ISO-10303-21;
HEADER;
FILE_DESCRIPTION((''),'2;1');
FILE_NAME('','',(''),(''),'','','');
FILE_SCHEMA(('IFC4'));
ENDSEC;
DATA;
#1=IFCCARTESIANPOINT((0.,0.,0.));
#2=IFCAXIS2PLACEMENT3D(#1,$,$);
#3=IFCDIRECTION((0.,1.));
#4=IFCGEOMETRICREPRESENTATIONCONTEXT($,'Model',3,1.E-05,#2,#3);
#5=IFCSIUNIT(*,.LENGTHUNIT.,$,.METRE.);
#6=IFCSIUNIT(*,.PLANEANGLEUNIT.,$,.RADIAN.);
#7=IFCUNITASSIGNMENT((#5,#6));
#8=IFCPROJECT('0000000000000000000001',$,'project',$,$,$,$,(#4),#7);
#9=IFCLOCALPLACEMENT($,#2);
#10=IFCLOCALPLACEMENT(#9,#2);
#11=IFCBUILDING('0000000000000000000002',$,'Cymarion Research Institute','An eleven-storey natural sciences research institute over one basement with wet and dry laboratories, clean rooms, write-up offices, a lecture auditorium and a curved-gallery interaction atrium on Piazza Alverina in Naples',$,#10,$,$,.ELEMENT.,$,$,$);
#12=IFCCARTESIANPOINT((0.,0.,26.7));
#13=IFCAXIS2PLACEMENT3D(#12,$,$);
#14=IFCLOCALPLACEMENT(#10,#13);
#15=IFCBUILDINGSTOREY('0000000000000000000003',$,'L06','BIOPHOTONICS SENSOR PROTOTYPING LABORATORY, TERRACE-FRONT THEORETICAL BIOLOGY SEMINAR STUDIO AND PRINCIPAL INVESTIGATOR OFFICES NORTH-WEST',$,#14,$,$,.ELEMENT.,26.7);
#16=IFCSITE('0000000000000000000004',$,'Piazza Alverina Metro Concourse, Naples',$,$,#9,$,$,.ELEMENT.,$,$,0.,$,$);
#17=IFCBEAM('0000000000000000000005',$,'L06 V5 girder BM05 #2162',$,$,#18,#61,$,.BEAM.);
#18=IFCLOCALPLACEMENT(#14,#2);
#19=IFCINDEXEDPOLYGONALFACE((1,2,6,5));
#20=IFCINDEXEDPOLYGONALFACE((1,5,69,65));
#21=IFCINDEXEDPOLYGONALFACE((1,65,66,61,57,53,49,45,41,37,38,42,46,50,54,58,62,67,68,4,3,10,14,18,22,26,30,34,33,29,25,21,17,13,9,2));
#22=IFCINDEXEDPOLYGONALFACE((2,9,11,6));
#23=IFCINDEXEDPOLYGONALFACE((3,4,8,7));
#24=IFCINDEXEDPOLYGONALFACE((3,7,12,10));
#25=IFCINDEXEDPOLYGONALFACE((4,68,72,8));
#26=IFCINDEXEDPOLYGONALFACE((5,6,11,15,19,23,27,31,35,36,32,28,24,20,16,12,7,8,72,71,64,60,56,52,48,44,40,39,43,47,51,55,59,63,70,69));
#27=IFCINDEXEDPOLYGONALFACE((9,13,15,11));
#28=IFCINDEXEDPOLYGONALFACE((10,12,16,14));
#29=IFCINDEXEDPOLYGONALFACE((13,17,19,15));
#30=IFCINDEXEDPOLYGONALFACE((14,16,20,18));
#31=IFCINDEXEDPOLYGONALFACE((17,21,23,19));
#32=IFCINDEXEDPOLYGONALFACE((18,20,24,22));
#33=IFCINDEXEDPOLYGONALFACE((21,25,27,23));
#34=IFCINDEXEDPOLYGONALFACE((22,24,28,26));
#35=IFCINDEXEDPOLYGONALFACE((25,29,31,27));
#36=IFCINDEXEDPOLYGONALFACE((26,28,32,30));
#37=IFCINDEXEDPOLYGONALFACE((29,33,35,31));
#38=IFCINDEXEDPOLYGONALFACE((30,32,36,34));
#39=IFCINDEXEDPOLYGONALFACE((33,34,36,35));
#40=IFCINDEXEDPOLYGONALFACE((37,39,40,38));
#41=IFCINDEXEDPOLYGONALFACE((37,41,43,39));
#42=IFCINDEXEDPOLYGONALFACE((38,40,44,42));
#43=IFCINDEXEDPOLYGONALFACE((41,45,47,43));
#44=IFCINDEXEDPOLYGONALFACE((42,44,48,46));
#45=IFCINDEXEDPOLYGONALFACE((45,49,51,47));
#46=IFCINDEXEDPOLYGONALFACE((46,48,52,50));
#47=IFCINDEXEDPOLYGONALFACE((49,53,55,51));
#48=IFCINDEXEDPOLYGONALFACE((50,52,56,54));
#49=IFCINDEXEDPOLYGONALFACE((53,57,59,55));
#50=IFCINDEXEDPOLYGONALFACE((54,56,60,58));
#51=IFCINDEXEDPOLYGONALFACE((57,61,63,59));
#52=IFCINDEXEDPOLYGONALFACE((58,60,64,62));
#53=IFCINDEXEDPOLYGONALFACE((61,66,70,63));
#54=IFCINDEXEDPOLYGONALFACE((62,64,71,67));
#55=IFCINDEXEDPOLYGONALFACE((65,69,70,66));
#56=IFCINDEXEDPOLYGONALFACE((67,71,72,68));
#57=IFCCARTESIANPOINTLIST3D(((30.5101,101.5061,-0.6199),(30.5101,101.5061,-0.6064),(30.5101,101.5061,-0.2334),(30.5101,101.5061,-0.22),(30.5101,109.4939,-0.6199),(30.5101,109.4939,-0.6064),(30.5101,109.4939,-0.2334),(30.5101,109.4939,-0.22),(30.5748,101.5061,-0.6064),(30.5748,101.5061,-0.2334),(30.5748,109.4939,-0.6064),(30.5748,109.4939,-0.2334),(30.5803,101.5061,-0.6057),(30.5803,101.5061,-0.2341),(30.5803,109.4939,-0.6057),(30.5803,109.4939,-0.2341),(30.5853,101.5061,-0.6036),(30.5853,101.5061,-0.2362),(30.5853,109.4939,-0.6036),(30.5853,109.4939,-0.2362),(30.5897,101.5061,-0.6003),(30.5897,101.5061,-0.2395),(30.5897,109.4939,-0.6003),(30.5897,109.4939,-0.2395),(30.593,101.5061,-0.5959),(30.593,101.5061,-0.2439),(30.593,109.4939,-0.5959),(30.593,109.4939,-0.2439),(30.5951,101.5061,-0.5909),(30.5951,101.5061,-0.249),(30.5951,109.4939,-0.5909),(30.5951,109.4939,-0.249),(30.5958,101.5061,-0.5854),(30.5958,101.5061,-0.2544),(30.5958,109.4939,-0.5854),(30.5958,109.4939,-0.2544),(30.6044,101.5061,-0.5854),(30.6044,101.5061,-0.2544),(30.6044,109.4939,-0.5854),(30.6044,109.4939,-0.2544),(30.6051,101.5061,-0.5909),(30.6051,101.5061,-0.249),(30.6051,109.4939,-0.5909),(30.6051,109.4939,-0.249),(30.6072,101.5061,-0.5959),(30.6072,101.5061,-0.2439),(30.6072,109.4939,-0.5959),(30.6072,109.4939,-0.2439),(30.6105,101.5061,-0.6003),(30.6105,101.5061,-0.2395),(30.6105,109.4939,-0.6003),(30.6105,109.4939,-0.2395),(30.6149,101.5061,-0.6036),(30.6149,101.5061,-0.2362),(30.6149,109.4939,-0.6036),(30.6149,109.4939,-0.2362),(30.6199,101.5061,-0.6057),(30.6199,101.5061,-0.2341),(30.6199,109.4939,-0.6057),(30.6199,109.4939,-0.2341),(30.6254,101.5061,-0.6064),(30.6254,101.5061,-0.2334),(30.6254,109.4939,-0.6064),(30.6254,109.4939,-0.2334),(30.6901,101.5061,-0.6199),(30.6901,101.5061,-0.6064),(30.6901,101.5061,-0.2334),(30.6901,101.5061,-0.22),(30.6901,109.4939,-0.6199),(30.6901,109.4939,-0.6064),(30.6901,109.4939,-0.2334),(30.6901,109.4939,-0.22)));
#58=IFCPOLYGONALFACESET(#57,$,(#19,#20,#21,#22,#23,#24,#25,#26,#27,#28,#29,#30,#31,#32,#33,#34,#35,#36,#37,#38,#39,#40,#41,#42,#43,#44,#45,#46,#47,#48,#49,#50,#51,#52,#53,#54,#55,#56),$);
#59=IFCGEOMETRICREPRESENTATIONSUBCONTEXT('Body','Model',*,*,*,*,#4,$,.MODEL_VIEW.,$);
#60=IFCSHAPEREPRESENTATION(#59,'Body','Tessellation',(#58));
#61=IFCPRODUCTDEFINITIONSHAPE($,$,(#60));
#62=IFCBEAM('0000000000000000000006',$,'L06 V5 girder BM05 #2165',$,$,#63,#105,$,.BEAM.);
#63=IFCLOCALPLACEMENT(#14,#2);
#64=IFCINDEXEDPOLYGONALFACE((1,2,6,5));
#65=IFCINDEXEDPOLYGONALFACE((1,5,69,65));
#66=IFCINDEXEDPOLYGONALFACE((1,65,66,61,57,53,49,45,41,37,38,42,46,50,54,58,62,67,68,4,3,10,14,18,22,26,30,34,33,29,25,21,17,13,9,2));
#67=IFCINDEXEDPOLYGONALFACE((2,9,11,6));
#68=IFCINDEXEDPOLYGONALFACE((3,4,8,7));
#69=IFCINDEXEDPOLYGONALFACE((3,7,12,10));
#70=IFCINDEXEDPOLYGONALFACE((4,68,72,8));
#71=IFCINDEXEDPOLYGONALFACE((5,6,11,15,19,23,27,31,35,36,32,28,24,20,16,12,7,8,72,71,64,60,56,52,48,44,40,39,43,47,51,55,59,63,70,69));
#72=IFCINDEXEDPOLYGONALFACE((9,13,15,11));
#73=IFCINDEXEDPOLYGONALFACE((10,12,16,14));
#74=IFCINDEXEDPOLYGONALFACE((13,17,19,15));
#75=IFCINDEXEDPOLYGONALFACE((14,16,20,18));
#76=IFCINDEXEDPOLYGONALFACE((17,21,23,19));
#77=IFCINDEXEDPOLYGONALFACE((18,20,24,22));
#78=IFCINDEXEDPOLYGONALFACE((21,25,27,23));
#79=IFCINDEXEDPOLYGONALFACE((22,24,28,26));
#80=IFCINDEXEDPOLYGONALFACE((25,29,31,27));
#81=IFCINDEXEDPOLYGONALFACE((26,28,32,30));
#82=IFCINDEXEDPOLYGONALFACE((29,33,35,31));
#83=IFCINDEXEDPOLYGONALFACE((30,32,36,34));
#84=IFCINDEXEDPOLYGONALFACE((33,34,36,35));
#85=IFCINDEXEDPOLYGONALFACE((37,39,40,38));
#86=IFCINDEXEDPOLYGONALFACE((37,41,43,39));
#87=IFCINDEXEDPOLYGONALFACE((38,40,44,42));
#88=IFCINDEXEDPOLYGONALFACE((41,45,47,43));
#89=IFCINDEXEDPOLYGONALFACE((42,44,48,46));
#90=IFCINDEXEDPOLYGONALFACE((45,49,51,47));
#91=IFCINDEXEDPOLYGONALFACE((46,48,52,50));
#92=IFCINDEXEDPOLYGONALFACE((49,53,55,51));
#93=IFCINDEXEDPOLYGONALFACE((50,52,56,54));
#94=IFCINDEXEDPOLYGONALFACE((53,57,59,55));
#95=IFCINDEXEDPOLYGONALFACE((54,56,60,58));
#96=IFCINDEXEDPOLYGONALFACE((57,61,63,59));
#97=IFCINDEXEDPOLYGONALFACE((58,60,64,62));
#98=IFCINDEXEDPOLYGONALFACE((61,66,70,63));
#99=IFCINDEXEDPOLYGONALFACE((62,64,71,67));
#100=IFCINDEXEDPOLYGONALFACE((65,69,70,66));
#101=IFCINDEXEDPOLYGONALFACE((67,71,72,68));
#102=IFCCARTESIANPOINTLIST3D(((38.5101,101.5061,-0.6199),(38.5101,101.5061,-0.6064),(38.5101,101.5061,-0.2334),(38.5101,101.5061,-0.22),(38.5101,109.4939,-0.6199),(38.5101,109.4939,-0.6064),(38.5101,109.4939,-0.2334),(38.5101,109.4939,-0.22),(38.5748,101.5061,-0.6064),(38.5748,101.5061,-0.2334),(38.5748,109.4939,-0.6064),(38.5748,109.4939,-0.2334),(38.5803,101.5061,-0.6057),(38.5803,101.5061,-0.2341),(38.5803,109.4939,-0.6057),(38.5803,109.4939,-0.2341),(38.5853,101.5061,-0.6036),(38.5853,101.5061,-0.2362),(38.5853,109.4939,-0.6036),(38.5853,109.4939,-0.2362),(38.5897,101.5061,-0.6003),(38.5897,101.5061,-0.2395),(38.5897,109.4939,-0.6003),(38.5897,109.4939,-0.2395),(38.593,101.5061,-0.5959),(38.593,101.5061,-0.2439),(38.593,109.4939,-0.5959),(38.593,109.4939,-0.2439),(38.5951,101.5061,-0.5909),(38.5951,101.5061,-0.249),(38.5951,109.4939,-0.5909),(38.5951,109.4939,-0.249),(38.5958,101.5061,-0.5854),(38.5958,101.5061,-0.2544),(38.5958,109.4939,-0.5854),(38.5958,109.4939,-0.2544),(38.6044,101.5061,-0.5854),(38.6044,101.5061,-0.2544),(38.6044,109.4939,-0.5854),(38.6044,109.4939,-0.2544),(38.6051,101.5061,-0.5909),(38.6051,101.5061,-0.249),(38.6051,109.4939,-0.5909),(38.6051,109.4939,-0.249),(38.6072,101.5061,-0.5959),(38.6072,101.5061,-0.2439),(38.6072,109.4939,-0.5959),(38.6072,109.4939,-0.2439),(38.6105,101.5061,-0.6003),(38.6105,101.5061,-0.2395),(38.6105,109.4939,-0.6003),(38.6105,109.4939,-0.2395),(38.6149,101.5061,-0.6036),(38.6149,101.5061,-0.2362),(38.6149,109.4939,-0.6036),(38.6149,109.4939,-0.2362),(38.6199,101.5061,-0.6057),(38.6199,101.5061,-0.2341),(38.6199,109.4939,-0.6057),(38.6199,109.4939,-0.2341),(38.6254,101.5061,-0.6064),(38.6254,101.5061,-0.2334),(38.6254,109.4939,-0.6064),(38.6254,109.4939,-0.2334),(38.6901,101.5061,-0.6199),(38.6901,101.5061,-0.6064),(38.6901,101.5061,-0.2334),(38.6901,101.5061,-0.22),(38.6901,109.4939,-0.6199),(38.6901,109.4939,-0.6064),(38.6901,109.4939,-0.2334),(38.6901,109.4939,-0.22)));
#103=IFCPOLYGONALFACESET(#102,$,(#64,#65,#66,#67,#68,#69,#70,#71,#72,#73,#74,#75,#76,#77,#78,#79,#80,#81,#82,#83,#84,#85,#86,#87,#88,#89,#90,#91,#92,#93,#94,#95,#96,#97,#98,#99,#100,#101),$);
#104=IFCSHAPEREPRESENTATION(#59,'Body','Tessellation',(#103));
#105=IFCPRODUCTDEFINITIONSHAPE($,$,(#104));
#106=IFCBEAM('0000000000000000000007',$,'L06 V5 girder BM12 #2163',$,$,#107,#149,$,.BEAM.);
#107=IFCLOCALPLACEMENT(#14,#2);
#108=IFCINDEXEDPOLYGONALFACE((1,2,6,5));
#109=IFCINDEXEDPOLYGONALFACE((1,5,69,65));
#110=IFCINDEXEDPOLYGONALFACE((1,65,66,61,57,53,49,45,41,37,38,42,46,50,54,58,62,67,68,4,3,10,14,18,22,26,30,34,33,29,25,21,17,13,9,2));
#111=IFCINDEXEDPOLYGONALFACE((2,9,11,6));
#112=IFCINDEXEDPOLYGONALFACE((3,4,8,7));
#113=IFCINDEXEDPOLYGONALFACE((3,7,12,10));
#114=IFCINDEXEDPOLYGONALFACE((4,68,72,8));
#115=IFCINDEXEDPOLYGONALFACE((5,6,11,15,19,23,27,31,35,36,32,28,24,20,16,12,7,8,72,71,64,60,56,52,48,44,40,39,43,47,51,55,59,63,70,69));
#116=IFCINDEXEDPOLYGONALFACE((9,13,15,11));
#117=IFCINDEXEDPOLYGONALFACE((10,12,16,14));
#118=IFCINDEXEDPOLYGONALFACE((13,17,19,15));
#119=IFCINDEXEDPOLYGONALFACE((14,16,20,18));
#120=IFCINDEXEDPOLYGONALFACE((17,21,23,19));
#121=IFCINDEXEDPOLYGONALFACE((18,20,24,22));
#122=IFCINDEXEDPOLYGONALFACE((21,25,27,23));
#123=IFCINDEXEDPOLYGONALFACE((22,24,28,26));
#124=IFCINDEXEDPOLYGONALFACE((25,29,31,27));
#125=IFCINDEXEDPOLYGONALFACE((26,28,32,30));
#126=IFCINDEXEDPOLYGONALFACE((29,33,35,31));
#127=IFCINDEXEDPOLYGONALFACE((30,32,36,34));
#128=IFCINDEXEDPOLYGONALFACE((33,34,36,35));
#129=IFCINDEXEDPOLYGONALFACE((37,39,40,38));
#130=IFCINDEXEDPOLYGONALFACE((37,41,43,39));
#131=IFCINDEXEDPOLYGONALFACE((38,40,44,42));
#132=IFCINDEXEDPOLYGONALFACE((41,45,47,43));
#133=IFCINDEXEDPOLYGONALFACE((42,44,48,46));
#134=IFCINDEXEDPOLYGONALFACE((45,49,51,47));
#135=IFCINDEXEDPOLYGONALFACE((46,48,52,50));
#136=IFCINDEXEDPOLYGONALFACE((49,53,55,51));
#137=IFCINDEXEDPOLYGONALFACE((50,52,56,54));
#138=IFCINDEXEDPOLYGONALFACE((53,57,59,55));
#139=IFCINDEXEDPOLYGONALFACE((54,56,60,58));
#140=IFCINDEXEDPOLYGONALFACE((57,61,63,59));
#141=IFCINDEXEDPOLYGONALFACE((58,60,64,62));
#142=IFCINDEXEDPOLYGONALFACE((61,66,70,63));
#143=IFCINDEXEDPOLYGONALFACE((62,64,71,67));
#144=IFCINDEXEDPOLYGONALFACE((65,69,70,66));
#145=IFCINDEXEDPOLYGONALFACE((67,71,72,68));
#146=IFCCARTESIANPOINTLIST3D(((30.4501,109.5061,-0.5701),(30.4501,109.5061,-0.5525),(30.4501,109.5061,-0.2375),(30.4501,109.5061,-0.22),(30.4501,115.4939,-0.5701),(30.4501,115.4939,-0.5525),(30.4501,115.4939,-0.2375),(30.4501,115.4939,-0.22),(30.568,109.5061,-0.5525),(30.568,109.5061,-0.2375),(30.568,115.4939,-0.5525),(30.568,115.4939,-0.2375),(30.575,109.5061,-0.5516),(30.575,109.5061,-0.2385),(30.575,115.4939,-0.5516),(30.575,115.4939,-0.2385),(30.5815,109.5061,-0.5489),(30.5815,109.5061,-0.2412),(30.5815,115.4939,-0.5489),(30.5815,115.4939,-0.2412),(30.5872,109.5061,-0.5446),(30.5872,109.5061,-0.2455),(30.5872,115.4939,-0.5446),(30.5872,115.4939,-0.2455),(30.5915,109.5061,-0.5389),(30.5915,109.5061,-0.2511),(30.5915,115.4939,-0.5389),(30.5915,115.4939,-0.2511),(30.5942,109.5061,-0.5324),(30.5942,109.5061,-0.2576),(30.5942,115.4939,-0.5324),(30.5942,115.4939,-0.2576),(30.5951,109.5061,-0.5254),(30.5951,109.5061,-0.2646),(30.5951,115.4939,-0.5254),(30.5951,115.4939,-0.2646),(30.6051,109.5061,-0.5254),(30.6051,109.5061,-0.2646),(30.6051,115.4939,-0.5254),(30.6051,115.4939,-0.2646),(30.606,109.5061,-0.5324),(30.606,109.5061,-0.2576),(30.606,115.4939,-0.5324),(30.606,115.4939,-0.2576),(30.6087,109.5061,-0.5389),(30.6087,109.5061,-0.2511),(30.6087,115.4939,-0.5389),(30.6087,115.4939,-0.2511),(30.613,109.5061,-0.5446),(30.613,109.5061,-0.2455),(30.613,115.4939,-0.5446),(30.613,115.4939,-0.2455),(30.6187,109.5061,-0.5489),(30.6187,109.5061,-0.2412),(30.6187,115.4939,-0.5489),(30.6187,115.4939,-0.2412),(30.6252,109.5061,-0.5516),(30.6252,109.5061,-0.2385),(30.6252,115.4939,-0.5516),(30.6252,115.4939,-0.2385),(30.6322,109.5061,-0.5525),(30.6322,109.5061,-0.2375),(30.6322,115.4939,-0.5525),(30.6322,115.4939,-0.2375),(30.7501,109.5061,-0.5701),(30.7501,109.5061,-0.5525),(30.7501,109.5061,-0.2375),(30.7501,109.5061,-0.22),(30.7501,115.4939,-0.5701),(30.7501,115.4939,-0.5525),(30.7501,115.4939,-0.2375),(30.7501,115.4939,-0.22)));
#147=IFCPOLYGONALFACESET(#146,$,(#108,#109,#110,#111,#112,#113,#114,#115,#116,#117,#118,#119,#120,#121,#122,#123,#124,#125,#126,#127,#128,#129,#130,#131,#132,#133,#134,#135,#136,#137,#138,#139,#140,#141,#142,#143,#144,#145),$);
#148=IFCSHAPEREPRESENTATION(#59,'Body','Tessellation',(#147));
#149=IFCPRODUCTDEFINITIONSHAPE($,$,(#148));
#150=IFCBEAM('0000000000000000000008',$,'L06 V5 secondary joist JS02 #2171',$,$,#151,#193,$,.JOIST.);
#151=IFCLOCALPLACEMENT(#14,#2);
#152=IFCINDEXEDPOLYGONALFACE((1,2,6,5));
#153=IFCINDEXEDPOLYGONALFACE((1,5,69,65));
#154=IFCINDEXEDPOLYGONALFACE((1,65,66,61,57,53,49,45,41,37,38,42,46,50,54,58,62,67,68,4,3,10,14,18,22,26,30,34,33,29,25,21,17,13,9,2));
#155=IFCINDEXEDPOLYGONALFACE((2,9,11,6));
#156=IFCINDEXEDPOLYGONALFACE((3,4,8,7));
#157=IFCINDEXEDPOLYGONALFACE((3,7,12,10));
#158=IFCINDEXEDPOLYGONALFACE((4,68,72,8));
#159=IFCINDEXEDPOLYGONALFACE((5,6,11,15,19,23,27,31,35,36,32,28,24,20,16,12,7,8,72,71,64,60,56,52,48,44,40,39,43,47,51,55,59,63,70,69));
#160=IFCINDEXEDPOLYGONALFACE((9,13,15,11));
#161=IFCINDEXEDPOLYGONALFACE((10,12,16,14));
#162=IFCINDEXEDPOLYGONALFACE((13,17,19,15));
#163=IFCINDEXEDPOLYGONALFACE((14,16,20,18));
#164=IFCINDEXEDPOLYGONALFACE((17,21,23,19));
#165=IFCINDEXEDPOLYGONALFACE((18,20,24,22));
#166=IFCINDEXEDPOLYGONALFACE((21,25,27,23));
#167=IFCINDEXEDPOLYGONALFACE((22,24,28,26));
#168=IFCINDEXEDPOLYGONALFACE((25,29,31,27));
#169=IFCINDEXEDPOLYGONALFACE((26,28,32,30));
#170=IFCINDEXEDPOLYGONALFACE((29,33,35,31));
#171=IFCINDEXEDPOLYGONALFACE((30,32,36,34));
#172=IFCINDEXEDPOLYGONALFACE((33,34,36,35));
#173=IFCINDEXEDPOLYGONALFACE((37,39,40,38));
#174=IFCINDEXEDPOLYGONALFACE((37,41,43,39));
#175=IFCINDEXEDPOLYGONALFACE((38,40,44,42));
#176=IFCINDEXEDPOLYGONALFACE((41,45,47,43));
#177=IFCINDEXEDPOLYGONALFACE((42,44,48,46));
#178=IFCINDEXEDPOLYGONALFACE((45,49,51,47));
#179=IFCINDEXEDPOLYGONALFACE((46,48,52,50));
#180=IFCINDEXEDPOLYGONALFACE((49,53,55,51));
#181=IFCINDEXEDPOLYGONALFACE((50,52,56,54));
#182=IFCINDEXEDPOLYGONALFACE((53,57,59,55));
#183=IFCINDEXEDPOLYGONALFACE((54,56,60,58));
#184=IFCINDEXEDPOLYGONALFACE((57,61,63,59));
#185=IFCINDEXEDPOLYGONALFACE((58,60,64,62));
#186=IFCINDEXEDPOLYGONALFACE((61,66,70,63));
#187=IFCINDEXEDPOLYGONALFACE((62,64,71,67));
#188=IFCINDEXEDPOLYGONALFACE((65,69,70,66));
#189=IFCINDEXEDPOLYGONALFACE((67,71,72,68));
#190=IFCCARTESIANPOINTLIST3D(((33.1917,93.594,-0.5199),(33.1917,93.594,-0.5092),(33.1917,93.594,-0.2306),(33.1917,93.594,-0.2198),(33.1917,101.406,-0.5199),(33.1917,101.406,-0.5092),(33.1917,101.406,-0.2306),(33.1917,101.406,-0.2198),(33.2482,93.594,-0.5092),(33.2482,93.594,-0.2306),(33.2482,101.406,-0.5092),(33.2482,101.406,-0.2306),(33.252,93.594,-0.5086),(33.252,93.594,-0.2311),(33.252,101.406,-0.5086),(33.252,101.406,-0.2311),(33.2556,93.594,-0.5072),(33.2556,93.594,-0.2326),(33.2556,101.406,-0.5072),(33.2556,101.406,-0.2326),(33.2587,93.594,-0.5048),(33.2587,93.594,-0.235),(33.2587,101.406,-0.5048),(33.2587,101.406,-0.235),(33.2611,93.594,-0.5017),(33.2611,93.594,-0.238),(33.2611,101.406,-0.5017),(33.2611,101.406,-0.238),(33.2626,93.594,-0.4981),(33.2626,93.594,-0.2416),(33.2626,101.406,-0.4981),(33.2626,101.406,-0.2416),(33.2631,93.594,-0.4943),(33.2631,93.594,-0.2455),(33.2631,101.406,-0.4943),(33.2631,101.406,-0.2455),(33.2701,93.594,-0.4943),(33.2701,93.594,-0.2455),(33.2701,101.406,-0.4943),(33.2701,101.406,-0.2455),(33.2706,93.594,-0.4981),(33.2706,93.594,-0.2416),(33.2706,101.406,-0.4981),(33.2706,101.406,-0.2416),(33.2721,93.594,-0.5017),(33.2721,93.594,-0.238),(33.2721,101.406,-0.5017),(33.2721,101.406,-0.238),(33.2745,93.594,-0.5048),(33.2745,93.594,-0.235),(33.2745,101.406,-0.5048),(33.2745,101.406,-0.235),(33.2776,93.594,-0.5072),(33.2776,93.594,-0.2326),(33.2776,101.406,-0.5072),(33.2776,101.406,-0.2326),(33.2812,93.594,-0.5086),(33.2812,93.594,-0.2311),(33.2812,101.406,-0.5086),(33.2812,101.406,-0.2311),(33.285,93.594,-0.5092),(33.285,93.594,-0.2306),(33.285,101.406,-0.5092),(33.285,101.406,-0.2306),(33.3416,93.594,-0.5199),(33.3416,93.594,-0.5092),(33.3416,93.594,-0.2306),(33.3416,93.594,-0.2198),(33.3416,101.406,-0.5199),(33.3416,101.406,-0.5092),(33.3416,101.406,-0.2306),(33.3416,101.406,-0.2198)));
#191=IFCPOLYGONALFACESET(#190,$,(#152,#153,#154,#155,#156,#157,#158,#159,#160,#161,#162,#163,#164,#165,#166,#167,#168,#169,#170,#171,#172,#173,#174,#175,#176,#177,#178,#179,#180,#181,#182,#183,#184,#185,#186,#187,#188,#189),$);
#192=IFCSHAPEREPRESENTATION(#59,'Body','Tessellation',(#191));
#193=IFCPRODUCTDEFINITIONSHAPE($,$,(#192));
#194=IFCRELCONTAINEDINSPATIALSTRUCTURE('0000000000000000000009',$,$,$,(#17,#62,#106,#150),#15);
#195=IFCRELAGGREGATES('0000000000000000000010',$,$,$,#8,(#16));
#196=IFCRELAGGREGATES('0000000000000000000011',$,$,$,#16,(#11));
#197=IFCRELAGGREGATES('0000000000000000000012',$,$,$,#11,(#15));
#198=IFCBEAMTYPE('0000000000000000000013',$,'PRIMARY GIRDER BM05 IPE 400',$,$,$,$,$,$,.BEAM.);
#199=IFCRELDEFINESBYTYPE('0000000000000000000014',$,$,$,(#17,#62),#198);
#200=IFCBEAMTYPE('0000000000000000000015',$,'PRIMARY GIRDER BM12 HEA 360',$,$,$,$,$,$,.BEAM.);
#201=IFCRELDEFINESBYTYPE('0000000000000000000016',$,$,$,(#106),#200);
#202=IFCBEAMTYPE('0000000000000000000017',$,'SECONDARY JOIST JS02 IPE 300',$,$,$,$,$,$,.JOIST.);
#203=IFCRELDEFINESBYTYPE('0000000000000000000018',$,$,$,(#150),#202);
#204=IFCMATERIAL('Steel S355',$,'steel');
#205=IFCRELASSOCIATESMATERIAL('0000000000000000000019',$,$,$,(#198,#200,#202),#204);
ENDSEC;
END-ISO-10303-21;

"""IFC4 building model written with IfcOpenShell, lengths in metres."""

from ifc_helpers import new_model, si_unit, direction, frame, origin, origin_2d, place, context, subcontext, project, spatial, i_section, extrude, material, material_profile, profile_set, type_object, element, save


model = new_model("IFC4")

# Units and contexts
model_context = context("Model", 3, precision=1e-05, world=origin(), true_north=direction((0.0, 1.0)))
body_context = subcontext(model_context, "Body", "Model", "MODEL_VIEW")
ifc_project = project(units=[si_unit("LENGTHUNIT", "METRE"), si_unit("PLANEANGLEUNIT", "RADIAN")], contexts=[model_context])

# Site, building, storey
site_placement = place(None, origin())
site = spatial("IfcSite", under=ifc_project, at=site_placement, Name="Piazza Alverina Metro Concourse, Naples", CompositionType="ELEMENT", RefElevation=0.0)
building_placement = place(site_placement, origin())
building = spatial("IfcBuilding", under=site, at=building_placement, Name="Cymarion Research Institute", Description="An eleven-storey natural sciences research institute over one basement with wet and dry laboratories, clean rooms, write-up offices, a lecture auditorium and a curved-gallery interaction atrium on Piazza Alverina in Naples", CompositionType="ELEMENT")
storey_placement = place(building_placement, frame((0.0, 0.0, 26.7)))
storey = spatial("IfcBuildingStorey", under=building, at=storey_placement, Name="L06", Description="BIOPHOTONICS SENSOR PROTOTYPING LABORATORY, TERRACE-FRONT THEORETICAL BIOLOGY SEMINAR STUDIO AND PRINCIPAL INVESTIGATOR OFFICES NORTH-WEST", CompositionType="ELEMENT", Elevation=26.7)

# Shared definitions
ifc_material_1 = material(Name="Steel S355", Category="steel")

# Beams
ifc_material_profile_1 = material_profile(ifc_material_1, i_section(OverallWidth=0.1799, OverallDepth=0.3999, WebThickness=0.0085, FlangeThickness=0.0134, FilletRadius=0.021, at=origin_2d()), Name="IPE 400")
ifc_profile_set_1 = profile_set([ifc_material_profile_1], Name="Steel S355")
beam_type_1 = type_object("IfcBeamType", Name="PRIMARY GIRDER BM05 IPE 400", PredefinedType="BEAM", material=ifc_profile_set_1)
for number, where, z_axis, x_axis, name in (
    (1, (30.6001, 101.5061, -0.4199), (0.0, 1.0, 0.0), (-1.0, 0.0, 0.0), "L06 V5 girder BM05 #2162"),
    (2, (38.6001, 101.5061, -0.4199), (0.0, 1.0, 0.0), (-1.0, 0.0, 0.0), "L06 V5 girder BM05 #2165"),
):
    element("IfcBeam", number, at=place(storey_placement, frame(where, z_axis=z_axis, x_axis=x_axis)), inside=storey, type_object=beam_type_1, Name=name, PredefinedType="BEAM", context=body_context, shape_type="SweptSolid", body=[
        extrude(i_section(OverallWidth=0.1799, OverallDepth=0.3999, WebThickness=0.0085, FlangeThickness=0.0134, FilletRadius=0.021, at=origin_2d()), origin(), (0.0, 0.0, 1.0), 7.9878),
    ])
ifc_material_profile_2 = material_profile(ifc_material_1, i_section(OverallWidth=0.3, OverallDepth=0.3501, WebThickness=0.01, FlangeThickness=0.0176, FilletRadius=0.0271, at=origin_2d()), Name="HEA 360")
ifc_profile_set_2 = profile_set([ifc_material_profile_2], Name="Steel S355")
beam_type_2 = type_object("IfcBeamType", Name="PRIMARY GIRDER BM12 HEA 360", PredefinedType="BEAM", material=ifc_profile_set_2)
beam_placement = place(storey_placement, frame((30.6001, 109.5061, -0.395), z_axis=(0.0, 1.0, 0.0), x_axis=(-1.0, 0.0, 0.0)))
element("IfcBeam", 3, at=beam_placement, inside=storey, type_object=beam_type_2, Name="L06 V5 girder BM12 #2163", PredefinedType="BEAM", context=body_context, shape_type="SweptSolid", body=[
    extrude(i_section(OverallWidth=0.3, OverallDepth=0.3501, WebThickness=0.01, FlangeThickness=0.0176, FilletRadius=0.0271, at=origin_2d()), origin(), (0.0, 0.0, 1.0), 5.9878),
])
ifc_material_profile_3 = material_profile(ifc_material_1, i_section(OverallWidth=0.1499, OverallDepth=0.3, WebThickness=0.0071, FlangeThickness=0.0107, FilletRadius=0.0149, at=origin_2d()), Name="IPE 300")
ifc_profile_set_3 = profile_set([ifc_material_profile_3], Name="Steel S355")
beam_type_3 = type_object("IfcBeamType", Name="SECONDARY JOIST JS02 IPE 300", PredefinedType="JOIST", material=ifc_profile_set_3)
for number, where, z_axis, x_axis, name in (
    (4, (33.2666, 93.594, -0.3699), (0.0, 1.0, 0.0), (-1.0, 0.0, 0.0), "L06 V5 secondary joist JS02 #2171"),
):
    element("IfcBeam", number, at=place(storey_placement, frame(where, z_axis=z_axis, x_axis=x_axis)), inside=storey, type_object=beam_type_3, Name=name, PredefinedType="JOIST", context=body_context, shape_type="SweptSolid", body=[
        extrude(i_section(OverallWidth=0.1499, OverallDepth=0.3, WebThickness=0.0071, FlangeThickness=0.0107, FilletRadius=0.0149, at=origin_2d()), origin(), (0.0, 0.0, 1.0), 7.812),
    ])

save(model, "model.ifc")
